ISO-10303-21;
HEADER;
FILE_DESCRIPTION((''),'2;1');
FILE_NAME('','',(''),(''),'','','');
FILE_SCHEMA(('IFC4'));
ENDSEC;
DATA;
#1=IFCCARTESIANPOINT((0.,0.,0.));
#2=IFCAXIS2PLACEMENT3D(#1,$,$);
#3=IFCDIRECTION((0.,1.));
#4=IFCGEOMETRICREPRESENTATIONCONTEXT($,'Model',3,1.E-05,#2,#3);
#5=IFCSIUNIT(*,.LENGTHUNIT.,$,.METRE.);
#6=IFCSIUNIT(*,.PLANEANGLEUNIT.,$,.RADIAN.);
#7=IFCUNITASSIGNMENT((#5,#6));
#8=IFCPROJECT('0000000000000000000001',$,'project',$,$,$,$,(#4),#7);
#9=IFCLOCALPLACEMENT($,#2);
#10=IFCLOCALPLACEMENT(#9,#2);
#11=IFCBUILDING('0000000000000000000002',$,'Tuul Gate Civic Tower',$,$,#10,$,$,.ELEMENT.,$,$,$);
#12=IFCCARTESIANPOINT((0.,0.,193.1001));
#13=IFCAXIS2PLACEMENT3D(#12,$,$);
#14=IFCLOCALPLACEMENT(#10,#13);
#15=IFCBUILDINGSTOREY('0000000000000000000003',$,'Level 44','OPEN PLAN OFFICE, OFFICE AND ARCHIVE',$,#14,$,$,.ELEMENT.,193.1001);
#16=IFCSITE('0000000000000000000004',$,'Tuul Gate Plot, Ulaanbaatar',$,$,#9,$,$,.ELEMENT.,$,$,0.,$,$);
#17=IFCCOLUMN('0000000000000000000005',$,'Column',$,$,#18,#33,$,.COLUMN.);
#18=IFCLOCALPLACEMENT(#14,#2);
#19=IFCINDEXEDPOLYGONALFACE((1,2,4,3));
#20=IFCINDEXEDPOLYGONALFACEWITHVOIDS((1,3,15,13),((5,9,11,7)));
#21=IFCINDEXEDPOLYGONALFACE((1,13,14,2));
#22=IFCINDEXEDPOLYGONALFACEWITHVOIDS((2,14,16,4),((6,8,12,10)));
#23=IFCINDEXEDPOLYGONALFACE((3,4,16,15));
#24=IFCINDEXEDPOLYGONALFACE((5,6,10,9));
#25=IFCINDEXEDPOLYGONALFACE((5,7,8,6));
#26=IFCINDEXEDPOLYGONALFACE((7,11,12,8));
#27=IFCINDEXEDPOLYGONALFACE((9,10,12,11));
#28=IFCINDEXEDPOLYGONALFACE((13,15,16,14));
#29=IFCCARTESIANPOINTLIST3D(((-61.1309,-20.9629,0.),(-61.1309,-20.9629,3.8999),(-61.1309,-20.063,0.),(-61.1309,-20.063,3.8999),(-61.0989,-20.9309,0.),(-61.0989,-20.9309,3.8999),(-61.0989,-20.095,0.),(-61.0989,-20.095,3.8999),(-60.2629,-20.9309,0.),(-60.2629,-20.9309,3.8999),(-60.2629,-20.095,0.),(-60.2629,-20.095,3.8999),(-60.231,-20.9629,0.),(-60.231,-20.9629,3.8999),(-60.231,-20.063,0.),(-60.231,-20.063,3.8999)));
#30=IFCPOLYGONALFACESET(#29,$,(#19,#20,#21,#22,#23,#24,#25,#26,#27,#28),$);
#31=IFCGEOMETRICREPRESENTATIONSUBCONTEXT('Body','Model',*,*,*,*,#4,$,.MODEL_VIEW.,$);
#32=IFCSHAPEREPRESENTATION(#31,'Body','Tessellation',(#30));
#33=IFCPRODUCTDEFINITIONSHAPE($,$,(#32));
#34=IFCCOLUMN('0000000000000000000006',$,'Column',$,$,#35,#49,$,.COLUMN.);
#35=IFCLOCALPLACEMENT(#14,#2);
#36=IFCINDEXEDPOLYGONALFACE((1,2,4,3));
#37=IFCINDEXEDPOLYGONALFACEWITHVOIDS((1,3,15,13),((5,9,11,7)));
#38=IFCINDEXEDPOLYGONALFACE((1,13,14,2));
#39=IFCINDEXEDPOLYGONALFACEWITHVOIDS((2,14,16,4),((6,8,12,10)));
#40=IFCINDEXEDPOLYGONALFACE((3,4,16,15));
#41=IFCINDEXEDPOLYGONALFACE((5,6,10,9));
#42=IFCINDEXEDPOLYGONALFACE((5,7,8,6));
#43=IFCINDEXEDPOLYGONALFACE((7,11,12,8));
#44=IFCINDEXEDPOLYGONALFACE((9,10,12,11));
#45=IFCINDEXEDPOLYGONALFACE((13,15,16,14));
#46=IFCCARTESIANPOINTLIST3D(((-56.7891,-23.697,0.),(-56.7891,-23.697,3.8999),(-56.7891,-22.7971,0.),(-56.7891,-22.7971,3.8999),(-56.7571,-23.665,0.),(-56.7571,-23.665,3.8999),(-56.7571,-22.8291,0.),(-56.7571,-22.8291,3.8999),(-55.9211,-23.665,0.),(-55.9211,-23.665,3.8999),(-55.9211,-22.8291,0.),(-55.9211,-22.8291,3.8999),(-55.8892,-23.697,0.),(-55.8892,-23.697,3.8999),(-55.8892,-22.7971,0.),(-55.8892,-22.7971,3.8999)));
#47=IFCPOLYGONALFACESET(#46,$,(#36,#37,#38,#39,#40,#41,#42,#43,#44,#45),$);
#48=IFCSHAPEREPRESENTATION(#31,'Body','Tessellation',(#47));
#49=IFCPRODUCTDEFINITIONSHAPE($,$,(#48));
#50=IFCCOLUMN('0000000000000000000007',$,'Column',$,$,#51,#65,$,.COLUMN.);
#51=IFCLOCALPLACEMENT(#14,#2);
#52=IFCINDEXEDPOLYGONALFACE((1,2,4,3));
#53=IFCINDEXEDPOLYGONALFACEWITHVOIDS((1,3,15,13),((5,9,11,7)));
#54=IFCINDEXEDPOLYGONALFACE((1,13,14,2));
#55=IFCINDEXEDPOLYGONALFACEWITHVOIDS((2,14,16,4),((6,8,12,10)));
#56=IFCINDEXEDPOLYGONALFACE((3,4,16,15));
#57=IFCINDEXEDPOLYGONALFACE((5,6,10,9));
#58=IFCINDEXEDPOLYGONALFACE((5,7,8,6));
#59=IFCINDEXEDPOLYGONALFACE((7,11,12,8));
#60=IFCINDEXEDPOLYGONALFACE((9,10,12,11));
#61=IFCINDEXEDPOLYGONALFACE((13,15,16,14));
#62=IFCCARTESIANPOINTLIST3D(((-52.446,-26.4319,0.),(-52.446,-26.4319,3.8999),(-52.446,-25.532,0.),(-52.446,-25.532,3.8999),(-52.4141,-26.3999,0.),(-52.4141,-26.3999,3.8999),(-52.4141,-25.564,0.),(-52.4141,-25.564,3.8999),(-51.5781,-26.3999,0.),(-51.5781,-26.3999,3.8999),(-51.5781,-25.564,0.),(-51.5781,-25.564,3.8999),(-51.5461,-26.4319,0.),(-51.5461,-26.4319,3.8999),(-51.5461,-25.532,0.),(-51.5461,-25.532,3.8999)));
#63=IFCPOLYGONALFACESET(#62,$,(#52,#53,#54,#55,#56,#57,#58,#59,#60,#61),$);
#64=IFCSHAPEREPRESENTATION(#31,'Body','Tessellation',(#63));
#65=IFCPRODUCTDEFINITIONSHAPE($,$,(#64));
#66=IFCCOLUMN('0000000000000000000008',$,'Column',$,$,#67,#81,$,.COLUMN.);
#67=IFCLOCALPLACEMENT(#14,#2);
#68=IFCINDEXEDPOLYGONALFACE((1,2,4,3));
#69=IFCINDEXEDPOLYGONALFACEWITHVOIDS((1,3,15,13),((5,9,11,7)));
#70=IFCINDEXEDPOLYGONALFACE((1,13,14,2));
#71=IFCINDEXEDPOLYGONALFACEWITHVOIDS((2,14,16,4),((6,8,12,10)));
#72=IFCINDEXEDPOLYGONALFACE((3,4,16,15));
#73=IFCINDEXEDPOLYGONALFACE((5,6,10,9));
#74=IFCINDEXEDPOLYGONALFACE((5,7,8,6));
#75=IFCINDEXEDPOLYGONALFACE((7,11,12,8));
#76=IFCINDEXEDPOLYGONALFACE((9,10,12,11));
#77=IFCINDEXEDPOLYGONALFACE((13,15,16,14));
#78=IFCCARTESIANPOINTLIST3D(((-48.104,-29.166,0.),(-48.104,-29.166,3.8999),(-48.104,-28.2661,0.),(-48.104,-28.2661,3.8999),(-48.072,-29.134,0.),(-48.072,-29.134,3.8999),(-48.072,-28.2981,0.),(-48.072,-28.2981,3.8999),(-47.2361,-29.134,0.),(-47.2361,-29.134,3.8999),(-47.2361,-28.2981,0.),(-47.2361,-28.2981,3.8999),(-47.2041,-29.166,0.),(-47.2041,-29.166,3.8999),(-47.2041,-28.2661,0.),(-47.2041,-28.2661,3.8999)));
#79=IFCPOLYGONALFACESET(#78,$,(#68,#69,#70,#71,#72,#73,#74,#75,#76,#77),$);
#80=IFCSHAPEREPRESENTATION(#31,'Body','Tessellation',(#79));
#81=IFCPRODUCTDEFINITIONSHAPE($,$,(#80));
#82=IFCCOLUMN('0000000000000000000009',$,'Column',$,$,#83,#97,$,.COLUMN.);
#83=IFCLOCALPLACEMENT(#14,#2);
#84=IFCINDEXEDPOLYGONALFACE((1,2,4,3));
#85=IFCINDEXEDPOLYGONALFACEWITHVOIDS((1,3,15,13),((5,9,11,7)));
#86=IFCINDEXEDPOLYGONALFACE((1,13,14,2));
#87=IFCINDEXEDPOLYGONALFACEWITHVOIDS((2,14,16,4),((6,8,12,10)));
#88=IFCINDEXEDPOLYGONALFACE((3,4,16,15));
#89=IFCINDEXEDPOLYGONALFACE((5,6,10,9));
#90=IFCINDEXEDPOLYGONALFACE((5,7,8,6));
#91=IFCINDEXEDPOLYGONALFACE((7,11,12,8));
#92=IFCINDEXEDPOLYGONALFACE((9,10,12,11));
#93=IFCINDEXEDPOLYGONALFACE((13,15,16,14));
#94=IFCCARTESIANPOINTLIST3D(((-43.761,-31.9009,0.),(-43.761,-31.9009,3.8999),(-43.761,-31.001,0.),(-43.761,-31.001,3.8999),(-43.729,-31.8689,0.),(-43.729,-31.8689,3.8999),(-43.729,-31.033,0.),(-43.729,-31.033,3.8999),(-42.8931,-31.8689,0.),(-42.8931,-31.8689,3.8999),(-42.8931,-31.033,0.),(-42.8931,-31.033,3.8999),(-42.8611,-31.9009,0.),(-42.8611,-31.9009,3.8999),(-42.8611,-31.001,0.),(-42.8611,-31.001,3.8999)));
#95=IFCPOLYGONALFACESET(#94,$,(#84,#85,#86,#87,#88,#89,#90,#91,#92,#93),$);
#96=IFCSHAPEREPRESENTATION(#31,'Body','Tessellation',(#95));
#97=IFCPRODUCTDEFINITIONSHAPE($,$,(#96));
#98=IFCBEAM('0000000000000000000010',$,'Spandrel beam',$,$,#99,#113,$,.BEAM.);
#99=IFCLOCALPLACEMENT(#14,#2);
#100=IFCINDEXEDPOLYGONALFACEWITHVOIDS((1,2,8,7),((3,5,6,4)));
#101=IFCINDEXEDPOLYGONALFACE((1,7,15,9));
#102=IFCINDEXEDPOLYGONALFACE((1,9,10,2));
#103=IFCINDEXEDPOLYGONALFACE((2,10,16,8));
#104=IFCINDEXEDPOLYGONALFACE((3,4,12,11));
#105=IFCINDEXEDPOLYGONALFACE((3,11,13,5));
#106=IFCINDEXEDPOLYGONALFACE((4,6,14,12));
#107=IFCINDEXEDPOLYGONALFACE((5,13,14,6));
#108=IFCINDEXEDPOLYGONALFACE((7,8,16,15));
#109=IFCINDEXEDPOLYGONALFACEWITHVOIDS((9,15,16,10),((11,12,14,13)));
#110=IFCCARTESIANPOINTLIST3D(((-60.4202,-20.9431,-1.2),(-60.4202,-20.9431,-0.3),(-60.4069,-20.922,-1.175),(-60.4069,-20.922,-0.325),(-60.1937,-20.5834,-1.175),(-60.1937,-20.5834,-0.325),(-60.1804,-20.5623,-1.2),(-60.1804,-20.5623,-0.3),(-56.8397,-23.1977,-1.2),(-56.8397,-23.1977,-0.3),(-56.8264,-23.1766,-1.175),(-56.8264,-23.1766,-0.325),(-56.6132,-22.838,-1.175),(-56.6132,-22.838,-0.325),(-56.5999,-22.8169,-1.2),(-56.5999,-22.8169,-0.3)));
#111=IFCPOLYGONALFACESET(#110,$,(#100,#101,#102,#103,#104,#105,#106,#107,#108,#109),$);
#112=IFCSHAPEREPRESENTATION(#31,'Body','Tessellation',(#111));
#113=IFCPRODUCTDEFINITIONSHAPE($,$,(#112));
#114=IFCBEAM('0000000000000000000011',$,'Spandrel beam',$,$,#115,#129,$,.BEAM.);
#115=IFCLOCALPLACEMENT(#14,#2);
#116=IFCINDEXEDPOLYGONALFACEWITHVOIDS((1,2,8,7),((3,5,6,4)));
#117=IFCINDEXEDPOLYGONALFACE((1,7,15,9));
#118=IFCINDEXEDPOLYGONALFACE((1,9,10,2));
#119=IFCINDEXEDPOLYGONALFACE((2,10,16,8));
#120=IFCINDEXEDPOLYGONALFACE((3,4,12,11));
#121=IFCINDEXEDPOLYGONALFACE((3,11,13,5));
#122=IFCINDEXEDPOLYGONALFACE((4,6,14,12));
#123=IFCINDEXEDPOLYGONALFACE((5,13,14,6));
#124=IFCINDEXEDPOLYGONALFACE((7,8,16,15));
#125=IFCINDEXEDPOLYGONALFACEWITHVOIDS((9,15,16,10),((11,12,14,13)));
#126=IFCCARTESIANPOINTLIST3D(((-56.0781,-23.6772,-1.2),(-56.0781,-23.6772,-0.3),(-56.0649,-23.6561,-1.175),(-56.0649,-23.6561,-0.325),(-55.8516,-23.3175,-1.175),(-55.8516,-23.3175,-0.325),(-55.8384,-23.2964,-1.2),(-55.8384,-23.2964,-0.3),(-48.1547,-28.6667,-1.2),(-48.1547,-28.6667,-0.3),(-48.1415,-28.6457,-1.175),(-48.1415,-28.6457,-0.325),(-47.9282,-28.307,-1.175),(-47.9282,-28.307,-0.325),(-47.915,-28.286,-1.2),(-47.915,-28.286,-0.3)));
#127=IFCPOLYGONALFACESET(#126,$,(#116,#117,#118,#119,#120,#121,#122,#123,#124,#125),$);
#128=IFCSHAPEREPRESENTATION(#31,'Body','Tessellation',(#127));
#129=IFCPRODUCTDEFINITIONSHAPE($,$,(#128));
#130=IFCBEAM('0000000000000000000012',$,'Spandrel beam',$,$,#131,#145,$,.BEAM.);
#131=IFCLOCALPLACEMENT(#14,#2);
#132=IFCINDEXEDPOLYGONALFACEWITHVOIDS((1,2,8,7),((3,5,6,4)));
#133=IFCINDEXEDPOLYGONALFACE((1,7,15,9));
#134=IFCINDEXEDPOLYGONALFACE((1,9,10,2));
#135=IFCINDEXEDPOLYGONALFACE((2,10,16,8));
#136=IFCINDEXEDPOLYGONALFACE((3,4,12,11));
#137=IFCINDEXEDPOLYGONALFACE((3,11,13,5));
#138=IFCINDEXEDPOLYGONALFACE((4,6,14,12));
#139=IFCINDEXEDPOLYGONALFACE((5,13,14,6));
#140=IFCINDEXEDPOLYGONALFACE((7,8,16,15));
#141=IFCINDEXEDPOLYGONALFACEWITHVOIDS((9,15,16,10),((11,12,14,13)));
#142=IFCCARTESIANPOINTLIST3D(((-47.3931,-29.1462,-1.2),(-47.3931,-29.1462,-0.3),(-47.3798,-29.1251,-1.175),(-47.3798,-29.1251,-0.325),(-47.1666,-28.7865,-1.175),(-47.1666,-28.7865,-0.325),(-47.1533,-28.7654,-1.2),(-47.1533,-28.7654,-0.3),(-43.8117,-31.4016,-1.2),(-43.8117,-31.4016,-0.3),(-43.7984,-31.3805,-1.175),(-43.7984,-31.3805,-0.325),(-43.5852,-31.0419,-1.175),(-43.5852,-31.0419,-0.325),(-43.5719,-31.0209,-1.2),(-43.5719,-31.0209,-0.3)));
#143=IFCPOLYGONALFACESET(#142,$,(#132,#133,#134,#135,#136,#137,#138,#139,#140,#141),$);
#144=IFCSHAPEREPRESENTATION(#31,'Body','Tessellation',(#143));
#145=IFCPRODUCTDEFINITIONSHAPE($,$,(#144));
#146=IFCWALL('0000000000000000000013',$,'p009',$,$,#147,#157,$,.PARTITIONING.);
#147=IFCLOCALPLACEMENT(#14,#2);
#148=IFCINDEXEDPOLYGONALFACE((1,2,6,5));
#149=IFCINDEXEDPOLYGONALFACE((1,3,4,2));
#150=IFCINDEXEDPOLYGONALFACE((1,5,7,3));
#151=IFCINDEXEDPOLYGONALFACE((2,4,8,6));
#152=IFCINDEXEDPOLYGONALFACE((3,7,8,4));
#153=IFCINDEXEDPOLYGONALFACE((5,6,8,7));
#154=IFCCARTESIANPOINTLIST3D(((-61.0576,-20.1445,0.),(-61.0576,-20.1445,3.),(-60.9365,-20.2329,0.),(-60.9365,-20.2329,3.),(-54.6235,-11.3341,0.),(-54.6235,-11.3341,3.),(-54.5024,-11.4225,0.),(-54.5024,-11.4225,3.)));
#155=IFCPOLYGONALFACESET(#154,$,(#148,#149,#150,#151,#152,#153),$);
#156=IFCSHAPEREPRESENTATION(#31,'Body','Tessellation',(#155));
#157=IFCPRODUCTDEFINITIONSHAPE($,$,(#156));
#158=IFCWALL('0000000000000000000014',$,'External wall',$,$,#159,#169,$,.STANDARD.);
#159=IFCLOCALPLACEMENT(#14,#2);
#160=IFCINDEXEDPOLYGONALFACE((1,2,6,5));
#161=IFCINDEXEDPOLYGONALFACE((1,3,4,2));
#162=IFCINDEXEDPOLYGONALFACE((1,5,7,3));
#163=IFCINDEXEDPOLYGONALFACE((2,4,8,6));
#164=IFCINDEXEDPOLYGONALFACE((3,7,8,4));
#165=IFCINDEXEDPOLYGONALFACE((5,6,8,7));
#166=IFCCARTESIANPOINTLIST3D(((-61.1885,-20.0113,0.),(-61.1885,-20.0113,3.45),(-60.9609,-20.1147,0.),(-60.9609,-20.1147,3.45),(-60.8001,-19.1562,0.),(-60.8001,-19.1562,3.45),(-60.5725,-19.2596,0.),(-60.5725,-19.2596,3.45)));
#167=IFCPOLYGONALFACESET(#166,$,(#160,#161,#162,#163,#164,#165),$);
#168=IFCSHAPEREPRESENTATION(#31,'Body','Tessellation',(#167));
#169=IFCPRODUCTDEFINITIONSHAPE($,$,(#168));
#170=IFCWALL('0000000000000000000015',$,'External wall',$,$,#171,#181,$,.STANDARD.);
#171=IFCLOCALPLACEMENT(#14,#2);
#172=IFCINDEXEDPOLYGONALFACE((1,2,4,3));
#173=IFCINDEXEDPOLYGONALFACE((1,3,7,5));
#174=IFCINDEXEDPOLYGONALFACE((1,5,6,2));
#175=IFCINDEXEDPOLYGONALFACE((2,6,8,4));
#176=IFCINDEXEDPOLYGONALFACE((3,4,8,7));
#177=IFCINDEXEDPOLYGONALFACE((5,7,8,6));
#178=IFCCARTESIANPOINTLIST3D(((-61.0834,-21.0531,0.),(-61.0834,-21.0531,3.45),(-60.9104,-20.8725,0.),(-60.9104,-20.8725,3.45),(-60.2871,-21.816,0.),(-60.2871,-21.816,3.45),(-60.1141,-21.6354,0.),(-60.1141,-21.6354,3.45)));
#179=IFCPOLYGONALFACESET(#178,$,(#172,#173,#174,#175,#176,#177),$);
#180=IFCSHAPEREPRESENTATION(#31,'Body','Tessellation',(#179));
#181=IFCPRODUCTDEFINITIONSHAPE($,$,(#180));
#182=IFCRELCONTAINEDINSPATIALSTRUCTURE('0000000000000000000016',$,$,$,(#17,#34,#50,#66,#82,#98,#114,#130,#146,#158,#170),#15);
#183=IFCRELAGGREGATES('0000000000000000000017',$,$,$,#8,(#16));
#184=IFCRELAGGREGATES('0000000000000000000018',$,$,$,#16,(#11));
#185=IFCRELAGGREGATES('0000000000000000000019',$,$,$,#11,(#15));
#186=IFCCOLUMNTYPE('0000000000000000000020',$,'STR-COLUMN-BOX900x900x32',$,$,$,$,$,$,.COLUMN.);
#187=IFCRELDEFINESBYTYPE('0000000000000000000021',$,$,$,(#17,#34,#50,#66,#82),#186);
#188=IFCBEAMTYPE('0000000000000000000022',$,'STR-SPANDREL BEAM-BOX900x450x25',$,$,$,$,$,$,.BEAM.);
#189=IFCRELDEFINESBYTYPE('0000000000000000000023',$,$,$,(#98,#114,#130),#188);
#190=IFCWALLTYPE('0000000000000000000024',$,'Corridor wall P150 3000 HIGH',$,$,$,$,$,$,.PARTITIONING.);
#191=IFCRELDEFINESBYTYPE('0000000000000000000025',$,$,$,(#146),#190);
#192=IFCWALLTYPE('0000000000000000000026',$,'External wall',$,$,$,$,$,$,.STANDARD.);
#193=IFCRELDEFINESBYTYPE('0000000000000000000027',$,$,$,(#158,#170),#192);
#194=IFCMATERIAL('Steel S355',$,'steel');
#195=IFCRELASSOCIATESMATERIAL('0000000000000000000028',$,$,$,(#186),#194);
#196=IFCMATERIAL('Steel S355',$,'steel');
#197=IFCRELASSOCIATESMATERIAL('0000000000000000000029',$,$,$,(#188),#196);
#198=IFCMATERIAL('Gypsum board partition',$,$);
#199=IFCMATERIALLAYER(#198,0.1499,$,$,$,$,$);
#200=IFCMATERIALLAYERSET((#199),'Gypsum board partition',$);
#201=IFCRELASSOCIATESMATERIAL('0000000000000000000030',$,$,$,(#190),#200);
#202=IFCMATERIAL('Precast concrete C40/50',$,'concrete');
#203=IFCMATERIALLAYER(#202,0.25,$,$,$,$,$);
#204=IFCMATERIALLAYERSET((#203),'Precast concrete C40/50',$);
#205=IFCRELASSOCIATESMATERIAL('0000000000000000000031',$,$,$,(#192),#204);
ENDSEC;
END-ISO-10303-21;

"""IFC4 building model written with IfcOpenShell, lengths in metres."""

from ifc_helpers import new_model, si_unit, direction, frame, frame_2d, origin, origin_2d, place, context, subcontext, project, spatial, rectangle, hollow_rectangle, extrude, material, layer, layer_set, material_profile, profile_set, type_object, element, save


model = new_model("IFC4")

# Units and contexts
model_context = context("Model", 3, precision=1e-05, world=origin(), true_north=direction((0.0, 1.0)))
body_context = subcontext(model_context, "Body", "Model", "MODEL_VIEW")
ifc_project = project(units=[si_unit("LENGTHUNIT", "METRE"), si_unit("PLANEANGLEUNIT", "RADIAN")], contexts=[model_context])

# Site, building, storey
site_placement = place(None, origin())
site = spatial("IfcSite", under=ifc_project, at=site_placement, Name="Tuul Gate Plot, Ulaanbaatar", CompositionType="ELEMENT", RefElevation=0.0)
building_placement = place(site_placement, origin())
building = spatial("IfcBuilding", under=site, at=building_placement, Name="Tuul Gate Civic Tower", CompositionType="ELEMENT")
storey_placement = place(building_placement, frame((0.0, 0.0, 193.1001)))
storey = spatial("IfcBuildingStorey", under=building, at=storey_placement, Name="Level 44", Description="OPEN PLAN OFFICE, OFFICE AND ARCHIVE", CompositionType="ELEMENT", Elevation=193.1001)

# Columns
ifc_material_1 = material(Name="Steel S355", Category="steel")
ifc_material_profile_1 = material_profile(ifc_material_1, hollow_rectangle(XDim=0.8999, YDim=0.8999, WallThickness=0.032, at=origin_2d()), Name="BOX900x900x32")
ifc_profile_set_1 = profile_set([ifc_material_profile_1], Name="Steel S355")
column_type = type_object("IfcColumnType", Name="STR-COLUMN-BOX900x900x32", PredefinedType="COLUMN", material=ifc_profile_set_1)
for number, where, z_axis, x_axis, name in (
    (1, (-60.6809, -20.5129, 0.0), (0.0, 0.0, 1.0), (1.0, 0.0, 0.0), "Column"),
    (2, (-56.3391, -23.2471, 0.0), (0.0, 0.0, 1.0), (1.0, 0.0, 0.0), "Column"),
    (3, (-51.9961, -25.9819, 0.0), (0.0, 0.0, 1.0), (1.0, 0.0, 0.0), "Column"),
    (4, (-47.6541, -28.7161, 0.0), (0.0, 0.0, 1.0), (1.0, 0.0, 0.0), "Column"),
    (5, (-43.311, -31.4509, 0.0), (0.0, 0.0, 1.0), (1.0, 0.0, 0.0), "Column"),
):
    element("IfcColumn", number, at=place(storey_placement, frame(where, z_axis=z_axis, x_axis=x_axis)), inside=storey, type_object=column_type, Name=name, PredefinedType="COLUMN", context=body_context, shape_type="SweptSolid", body=[
        extrude(hollow_rectangle(XDim=0.8999, YDim=0.8999, WallThickness=0.032, at=origin_2d()), origin(), (0.0, 0.0, 1.0), 3.8999),
    ])

# Beams
ifc_material_2 = material(Name="Steel S355", Category="steel")
ifc_material_profile_2 = material_profile(ifc_material_2, hollow_rectangle(XDim=0.45, YDim=0.8999, WallThickness=0.0249, at=origin_2d()), Name="BOX900x450x25")
ifc_profile_set_2 = profile_set([ifc_material_profile_2], Name="Steel S355")
beam_type = type_object("IfcBeamType", Name="STR-SPANDREL BEAM-BOX900x450x25", PredefinedType="BEAM", material=ifc_profile_set_2)
beam_1_placement = place(storey_placement, frame((-60.3003, -20.7527, -0.75), z_axis=(0.846211, -0.532848, 0.0), x_axis=(0.532848, 0.846211, 0.0)))
element("IfcBeam", 6, at=beam_1_placement, inside=storey, type_object=beam_type, Name="Spandrel beam", PredefinedType="BEAM", context=body_context, shape_type="SweptSolid", body=[
    extrude(hollow_rectangle(XDim=0.45, YDim=0.8999, WallThickness=0.0249, at=origin_2d()), origin(), (0.0, 0.0, 1.0), 4.2312),
])
beam_2_placement = place(storey_placement, frame((-55.9583, -23.4868, -0.75), z_axis=(0.846198, -0.532869, 0.0), x_axis=(0.532869, 0.846198, 0.0)))
element("IfcBeam", 7, at=beam_2_placement, inside=storey, type_object=beam_type, Name="Spandrel beam", PredefinedType="BEAM", context=body_context, shape_type="SweptSolid", body=[
    extrude(hollow_rectangle(XDim=0.45, YDim=0.8999, WallThickness=0.0249, at=origin_2d()), origin(), (0.0, 0.0, 1.0), 9.3635),
])
beam_3_placement = place(storey_placement, frame((-47.2732, -28.9558, -0.75), z_axis=(0.846182, -0.532894, 0.0), x_axis=(0.532894, 0.846182, 0.0)))
element("IfcBeam", 8, at=beam_3_placement, inside=storey, type_object=beam_type, Name="Spandrel beam", PredefinedType="BEAM", context=body_context, shape_type="SweptSolid", body=[
    extrude(hollow_rectangle(XDim=0.45, YDim=0.8999, WallThickness=0.0249, at=origin_2d()), origin(), (0.0, 0.0, 1.0), 4.2324),
])

# Walls
ifc_material_3 = material(Name="Gypsum board partition")
ifc_layer_1 = layer(ifc_material_3, 0.1499)
ifc_layer_set_1 = layer_set([ifc_layer_1], Name="Gypsum board partition")
wall_type_1 = type_object("IfcWallType", Name="Corridor wall P150 3000 HIGH", PredefinedType="PARTITIONING", material=ifc_layer_set_1)
wall_1_placement = place(storey_placement, frame((-60.9971, -20.1887, 0.0), z_axis=(0.0, 0.0, 1.0), x_axis=(0.589765, 0.807575, 0.0)))
element("IfcWall", 9, at=wall_1_placement, inside=storey, type_object=wall_type_1, Name="p009", PredefinedType="PARTITIONING", context=body_context, shape_type="SweptSolid", body=[
    extrude(rectangle(XDim=10.9097, YDim=0.1499, at=frame_2d((5.4548, 0.0))), origin(), (0.0, 0.0, 1.0), 3.0),
])
ifc_material_4 = material(Name="Precast concrete C40/50", Category="concrete")
ifc_layer_2 = layer(ifc_material_4, 0.25)
ifc_layer_set_2 = layer_set([ifc_layer_2], Name="Precast concrete C40/50")
wall_type_2 = type_object("IfcWallType", Name="External wall", PredefinedType="STANDARD", material=ifc_layer_set_2)
wall_2_placement = place(storey_placement, frame((-60.6863, -19.2078, 0.0), z_axis=(0.0, 0.0, 1.0), x_axis=(-0.413529, -0.910491, 0.0)))
element("IfcWall", 10, at=wall_2_placement, inside=storey, type_object=wall_type_2, Name="External wall", PredefinedType="STANDARD", context=body_context, shape_type="SweptSolid", body=[
    extrude(rectangle(XDim=0.9392, YDim=0.25, at=frame_2d((0.4697, 0.0))), origin(), (0.0, 0.0, 1.0), 3.45),
])
wall_3_placement = place(storey_placement, frame((-60.9968, -20.9629, 0.0), z_axis=(0.0, 0.0, 1.0), x_axis=(0.722108, -0.69178, 0.0)))
element("IfcWall", 11, at=wall_3_placement, inside=storey, type_object=wall_type_2, Name="External wall", PredefinedType="STANDARD", context=body_context, shape_type="SweptSolid", body=[
    extrude(rectangle(XDim=1.1028, YDim=0.25, at=frame_2d((0.5513, 0.0))), origin(), (0.0, 0.0, 1.0), 3.45),
])

save(model, "model.ifc")
